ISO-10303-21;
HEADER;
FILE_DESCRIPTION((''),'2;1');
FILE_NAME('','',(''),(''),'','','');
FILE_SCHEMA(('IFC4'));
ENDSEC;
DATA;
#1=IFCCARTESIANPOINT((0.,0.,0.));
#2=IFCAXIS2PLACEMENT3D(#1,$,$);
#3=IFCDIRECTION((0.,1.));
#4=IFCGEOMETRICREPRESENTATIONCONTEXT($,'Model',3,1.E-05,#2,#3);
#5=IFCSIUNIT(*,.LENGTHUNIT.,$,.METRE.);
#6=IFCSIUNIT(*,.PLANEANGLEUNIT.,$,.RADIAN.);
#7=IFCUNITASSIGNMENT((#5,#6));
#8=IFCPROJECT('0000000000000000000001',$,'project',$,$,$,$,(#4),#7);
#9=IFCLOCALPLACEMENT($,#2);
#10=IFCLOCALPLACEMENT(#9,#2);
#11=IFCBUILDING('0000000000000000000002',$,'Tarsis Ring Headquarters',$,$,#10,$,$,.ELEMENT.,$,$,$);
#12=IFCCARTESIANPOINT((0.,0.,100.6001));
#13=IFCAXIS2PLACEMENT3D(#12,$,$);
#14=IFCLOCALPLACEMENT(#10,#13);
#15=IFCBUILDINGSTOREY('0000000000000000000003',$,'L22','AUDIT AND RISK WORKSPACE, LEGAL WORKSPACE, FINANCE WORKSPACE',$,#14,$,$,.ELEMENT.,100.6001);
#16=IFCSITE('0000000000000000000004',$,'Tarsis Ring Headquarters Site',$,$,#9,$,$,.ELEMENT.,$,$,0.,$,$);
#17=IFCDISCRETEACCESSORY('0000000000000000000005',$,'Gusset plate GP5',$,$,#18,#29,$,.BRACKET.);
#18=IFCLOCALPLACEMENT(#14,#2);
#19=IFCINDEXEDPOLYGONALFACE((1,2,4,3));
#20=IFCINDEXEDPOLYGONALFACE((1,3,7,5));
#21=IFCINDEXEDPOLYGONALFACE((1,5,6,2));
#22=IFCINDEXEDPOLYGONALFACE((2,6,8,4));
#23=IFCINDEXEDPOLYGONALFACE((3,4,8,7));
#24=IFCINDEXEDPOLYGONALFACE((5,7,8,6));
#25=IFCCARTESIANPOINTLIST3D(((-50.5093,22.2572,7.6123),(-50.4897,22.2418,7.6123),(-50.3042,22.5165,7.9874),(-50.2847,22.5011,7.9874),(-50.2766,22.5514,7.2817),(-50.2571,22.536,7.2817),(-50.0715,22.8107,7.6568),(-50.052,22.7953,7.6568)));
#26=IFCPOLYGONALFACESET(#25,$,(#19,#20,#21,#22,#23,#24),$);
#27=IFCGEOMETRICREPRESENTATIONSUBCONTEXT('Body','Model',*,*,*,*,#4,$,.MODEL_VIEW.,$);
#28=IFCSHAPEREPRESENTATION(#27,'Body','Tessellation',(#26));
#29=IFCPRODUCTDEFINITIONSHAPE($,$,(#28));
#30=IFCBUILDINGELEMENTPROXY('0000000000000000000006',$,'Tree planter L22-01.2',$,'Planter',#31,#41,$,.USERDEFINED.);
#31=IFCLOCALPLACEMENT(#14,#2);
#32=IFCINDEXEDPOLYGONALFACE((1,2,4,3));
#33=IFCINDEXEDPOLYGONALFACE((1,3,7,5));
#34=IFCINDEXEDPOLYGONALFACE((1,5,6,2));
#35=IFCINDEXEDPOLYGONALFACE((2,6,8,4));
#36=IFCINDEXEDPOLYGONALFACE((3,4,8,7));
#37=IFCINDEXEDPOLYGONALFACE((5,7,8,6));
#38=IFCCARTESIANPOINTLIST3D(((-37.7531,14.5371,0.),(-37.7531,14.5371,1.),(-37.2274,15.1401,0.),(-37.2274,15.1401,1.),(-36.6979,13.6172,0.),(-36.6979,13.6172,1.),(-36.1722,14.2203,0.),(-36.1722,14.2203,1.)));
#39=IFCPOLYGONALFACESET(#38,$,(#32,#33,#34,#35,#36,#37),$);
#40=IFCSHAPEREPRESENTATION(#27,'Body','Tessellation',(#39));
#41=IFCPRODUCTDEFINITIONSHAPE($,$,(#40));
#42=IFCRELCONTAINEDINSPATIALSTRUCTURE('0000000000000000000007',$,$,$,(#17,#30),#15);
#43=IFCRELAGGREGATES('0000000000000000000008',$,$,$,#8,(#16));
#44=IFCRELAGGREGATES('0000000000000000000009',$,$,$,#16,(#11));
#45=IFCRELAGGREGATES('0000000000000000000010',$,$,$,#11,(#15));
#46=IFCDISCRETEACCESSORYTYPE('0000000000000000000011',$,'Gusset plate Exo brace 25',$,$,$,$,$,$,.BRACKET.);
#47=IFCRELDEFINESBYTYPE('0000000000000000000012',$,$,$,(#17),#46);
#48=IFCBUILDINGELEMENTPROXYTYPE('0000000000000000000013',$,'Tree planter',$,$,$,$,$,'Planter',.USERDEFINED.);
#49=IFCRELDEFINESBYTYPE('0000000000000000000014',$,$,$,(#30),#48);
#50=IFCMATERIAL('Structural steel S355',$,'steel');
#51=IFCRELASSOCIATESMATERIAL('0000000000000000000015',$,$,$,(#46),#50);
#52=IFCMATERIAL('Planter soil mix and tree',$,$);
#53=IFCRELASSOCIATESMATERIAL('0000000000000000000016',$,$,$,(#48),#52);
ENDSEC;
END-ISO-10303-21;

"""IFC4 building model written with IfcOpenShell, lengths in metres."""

from ifc_helpers import new_model, si_unit, direction, frame, origin, origin_2d, place, context, subcontext, project, spatial, rectangle, extrude, material, material_profile, profile_set, type_object, element, save


model = new_model("IFC4")

# Units and contexts
model_context = context("Model", 3, precision=1e-05, world=origin(), true_north=direction((0.0, 1.0)))
body_context = subcontext(model_context, "Body", "Model", "MODEL_VIEW")
ifc_project = project(units=[si_unit("LENGTHUNIT", "METRE"), si_unit("PLANEANGLEUNIT", "RADIAN")], contexts=[model_context])

# Site, building, storey
site_placement = place(None, origin())
site = spatial("IfcSite", under=ifc_project, at=site_placement, Name="Tarsis Ring Headquarters Site", CompositionType="ELEMENT", RefElevation=0.0)
building_placement = place(site_placement, origin())
building = spatial("IfcBuilding", under=site, at=building_placement, Name="Tarsis Ring Headquarters", CompositionType="ELEMENT")
storey_placement = place(building_placement, frame((0.0, 0.0, 100.6001)))
storey = spatial("IfcBuildingStorey", under=building, at=storey_placement, Name="L22", Description="AUDIT AND RISK WORKSPACE, LEGAL WORKSPACE, FINANCE WORKSPACE", CompositionType="ELEMENT", Elevation=100.6001)

# Shared definitions
ifc_material_1 = material(Name="Structural steel S355", Category="steel")

# Discrete accessory
ifc_material_profile_1 = material_profile(ifc_material_1, rectangle(XDim=0.0249, YDim=0.5, at=origin_2d()), Name="PL 25x500")
ifc_profile_set_1 = profile_set([ifc_material_profile_1], Name="Structural steel S355")
discrete_accessory_type = type_object("IfcDiscreteAccessoryType", Name="Gusset plate Exo brace 25", PredefinedType="BRACKET", material=ifc_profile_set_1)
discrete_accessory_placement = place(storey_placement, frame((-50.397, 22.3792, 7.7998), z_axis=(0.465374, 0.588432, -0.661192), x_axis=(-0.784349, 0.620319, 0.0)))
element("IfcDiscreteAccessory", 1, at=discrete_accessory_placement, inside=storey, type_object=discrete_accessory_type, Name="Gusset plate GP5", PredefinedType="BRACKET", context=body_context, shape_type="SweptSolid", body=[
    extrude(rectangle(XDim=0.0249, YDim=0.5, at=origin_2d()), origin(), (0.0, 0.0, 1.0), 0.5),
])

# Building element proxy
ifc_material_2 = material(Name="Planter soil mix and tree")
building_element_proxy_type = type_object("IfcBuildingElementProxyType", Name="Tree planter", ElementType="Planter", PredefinedType="USERDEFINED", material=ifc_material_2)
proxy_placement = place(storey_placement, frame((-36.9626, 14.3787, 0.0), z_axis=(0.0, 0.0, 1.0), x_axis=(0.753793, -0.657112, 0.0)))
element("IfcBuildingElementProxy", 2, at=proxy_placement, inside=storey, type_object=building_element_proxy_type, Name="Tree planter L22-01.2", ObjectType="Planter", PredefinedType="USERDEFINED", context=body_context, shape_type="SweptSolid", body=[
    extrude(rectangle(XDim=1.3999, YDim=0.8, at=origin_2d()), origin(), (0.0, 0.0, 1.0), 1.0),
])

save(model, "model.ifc")
